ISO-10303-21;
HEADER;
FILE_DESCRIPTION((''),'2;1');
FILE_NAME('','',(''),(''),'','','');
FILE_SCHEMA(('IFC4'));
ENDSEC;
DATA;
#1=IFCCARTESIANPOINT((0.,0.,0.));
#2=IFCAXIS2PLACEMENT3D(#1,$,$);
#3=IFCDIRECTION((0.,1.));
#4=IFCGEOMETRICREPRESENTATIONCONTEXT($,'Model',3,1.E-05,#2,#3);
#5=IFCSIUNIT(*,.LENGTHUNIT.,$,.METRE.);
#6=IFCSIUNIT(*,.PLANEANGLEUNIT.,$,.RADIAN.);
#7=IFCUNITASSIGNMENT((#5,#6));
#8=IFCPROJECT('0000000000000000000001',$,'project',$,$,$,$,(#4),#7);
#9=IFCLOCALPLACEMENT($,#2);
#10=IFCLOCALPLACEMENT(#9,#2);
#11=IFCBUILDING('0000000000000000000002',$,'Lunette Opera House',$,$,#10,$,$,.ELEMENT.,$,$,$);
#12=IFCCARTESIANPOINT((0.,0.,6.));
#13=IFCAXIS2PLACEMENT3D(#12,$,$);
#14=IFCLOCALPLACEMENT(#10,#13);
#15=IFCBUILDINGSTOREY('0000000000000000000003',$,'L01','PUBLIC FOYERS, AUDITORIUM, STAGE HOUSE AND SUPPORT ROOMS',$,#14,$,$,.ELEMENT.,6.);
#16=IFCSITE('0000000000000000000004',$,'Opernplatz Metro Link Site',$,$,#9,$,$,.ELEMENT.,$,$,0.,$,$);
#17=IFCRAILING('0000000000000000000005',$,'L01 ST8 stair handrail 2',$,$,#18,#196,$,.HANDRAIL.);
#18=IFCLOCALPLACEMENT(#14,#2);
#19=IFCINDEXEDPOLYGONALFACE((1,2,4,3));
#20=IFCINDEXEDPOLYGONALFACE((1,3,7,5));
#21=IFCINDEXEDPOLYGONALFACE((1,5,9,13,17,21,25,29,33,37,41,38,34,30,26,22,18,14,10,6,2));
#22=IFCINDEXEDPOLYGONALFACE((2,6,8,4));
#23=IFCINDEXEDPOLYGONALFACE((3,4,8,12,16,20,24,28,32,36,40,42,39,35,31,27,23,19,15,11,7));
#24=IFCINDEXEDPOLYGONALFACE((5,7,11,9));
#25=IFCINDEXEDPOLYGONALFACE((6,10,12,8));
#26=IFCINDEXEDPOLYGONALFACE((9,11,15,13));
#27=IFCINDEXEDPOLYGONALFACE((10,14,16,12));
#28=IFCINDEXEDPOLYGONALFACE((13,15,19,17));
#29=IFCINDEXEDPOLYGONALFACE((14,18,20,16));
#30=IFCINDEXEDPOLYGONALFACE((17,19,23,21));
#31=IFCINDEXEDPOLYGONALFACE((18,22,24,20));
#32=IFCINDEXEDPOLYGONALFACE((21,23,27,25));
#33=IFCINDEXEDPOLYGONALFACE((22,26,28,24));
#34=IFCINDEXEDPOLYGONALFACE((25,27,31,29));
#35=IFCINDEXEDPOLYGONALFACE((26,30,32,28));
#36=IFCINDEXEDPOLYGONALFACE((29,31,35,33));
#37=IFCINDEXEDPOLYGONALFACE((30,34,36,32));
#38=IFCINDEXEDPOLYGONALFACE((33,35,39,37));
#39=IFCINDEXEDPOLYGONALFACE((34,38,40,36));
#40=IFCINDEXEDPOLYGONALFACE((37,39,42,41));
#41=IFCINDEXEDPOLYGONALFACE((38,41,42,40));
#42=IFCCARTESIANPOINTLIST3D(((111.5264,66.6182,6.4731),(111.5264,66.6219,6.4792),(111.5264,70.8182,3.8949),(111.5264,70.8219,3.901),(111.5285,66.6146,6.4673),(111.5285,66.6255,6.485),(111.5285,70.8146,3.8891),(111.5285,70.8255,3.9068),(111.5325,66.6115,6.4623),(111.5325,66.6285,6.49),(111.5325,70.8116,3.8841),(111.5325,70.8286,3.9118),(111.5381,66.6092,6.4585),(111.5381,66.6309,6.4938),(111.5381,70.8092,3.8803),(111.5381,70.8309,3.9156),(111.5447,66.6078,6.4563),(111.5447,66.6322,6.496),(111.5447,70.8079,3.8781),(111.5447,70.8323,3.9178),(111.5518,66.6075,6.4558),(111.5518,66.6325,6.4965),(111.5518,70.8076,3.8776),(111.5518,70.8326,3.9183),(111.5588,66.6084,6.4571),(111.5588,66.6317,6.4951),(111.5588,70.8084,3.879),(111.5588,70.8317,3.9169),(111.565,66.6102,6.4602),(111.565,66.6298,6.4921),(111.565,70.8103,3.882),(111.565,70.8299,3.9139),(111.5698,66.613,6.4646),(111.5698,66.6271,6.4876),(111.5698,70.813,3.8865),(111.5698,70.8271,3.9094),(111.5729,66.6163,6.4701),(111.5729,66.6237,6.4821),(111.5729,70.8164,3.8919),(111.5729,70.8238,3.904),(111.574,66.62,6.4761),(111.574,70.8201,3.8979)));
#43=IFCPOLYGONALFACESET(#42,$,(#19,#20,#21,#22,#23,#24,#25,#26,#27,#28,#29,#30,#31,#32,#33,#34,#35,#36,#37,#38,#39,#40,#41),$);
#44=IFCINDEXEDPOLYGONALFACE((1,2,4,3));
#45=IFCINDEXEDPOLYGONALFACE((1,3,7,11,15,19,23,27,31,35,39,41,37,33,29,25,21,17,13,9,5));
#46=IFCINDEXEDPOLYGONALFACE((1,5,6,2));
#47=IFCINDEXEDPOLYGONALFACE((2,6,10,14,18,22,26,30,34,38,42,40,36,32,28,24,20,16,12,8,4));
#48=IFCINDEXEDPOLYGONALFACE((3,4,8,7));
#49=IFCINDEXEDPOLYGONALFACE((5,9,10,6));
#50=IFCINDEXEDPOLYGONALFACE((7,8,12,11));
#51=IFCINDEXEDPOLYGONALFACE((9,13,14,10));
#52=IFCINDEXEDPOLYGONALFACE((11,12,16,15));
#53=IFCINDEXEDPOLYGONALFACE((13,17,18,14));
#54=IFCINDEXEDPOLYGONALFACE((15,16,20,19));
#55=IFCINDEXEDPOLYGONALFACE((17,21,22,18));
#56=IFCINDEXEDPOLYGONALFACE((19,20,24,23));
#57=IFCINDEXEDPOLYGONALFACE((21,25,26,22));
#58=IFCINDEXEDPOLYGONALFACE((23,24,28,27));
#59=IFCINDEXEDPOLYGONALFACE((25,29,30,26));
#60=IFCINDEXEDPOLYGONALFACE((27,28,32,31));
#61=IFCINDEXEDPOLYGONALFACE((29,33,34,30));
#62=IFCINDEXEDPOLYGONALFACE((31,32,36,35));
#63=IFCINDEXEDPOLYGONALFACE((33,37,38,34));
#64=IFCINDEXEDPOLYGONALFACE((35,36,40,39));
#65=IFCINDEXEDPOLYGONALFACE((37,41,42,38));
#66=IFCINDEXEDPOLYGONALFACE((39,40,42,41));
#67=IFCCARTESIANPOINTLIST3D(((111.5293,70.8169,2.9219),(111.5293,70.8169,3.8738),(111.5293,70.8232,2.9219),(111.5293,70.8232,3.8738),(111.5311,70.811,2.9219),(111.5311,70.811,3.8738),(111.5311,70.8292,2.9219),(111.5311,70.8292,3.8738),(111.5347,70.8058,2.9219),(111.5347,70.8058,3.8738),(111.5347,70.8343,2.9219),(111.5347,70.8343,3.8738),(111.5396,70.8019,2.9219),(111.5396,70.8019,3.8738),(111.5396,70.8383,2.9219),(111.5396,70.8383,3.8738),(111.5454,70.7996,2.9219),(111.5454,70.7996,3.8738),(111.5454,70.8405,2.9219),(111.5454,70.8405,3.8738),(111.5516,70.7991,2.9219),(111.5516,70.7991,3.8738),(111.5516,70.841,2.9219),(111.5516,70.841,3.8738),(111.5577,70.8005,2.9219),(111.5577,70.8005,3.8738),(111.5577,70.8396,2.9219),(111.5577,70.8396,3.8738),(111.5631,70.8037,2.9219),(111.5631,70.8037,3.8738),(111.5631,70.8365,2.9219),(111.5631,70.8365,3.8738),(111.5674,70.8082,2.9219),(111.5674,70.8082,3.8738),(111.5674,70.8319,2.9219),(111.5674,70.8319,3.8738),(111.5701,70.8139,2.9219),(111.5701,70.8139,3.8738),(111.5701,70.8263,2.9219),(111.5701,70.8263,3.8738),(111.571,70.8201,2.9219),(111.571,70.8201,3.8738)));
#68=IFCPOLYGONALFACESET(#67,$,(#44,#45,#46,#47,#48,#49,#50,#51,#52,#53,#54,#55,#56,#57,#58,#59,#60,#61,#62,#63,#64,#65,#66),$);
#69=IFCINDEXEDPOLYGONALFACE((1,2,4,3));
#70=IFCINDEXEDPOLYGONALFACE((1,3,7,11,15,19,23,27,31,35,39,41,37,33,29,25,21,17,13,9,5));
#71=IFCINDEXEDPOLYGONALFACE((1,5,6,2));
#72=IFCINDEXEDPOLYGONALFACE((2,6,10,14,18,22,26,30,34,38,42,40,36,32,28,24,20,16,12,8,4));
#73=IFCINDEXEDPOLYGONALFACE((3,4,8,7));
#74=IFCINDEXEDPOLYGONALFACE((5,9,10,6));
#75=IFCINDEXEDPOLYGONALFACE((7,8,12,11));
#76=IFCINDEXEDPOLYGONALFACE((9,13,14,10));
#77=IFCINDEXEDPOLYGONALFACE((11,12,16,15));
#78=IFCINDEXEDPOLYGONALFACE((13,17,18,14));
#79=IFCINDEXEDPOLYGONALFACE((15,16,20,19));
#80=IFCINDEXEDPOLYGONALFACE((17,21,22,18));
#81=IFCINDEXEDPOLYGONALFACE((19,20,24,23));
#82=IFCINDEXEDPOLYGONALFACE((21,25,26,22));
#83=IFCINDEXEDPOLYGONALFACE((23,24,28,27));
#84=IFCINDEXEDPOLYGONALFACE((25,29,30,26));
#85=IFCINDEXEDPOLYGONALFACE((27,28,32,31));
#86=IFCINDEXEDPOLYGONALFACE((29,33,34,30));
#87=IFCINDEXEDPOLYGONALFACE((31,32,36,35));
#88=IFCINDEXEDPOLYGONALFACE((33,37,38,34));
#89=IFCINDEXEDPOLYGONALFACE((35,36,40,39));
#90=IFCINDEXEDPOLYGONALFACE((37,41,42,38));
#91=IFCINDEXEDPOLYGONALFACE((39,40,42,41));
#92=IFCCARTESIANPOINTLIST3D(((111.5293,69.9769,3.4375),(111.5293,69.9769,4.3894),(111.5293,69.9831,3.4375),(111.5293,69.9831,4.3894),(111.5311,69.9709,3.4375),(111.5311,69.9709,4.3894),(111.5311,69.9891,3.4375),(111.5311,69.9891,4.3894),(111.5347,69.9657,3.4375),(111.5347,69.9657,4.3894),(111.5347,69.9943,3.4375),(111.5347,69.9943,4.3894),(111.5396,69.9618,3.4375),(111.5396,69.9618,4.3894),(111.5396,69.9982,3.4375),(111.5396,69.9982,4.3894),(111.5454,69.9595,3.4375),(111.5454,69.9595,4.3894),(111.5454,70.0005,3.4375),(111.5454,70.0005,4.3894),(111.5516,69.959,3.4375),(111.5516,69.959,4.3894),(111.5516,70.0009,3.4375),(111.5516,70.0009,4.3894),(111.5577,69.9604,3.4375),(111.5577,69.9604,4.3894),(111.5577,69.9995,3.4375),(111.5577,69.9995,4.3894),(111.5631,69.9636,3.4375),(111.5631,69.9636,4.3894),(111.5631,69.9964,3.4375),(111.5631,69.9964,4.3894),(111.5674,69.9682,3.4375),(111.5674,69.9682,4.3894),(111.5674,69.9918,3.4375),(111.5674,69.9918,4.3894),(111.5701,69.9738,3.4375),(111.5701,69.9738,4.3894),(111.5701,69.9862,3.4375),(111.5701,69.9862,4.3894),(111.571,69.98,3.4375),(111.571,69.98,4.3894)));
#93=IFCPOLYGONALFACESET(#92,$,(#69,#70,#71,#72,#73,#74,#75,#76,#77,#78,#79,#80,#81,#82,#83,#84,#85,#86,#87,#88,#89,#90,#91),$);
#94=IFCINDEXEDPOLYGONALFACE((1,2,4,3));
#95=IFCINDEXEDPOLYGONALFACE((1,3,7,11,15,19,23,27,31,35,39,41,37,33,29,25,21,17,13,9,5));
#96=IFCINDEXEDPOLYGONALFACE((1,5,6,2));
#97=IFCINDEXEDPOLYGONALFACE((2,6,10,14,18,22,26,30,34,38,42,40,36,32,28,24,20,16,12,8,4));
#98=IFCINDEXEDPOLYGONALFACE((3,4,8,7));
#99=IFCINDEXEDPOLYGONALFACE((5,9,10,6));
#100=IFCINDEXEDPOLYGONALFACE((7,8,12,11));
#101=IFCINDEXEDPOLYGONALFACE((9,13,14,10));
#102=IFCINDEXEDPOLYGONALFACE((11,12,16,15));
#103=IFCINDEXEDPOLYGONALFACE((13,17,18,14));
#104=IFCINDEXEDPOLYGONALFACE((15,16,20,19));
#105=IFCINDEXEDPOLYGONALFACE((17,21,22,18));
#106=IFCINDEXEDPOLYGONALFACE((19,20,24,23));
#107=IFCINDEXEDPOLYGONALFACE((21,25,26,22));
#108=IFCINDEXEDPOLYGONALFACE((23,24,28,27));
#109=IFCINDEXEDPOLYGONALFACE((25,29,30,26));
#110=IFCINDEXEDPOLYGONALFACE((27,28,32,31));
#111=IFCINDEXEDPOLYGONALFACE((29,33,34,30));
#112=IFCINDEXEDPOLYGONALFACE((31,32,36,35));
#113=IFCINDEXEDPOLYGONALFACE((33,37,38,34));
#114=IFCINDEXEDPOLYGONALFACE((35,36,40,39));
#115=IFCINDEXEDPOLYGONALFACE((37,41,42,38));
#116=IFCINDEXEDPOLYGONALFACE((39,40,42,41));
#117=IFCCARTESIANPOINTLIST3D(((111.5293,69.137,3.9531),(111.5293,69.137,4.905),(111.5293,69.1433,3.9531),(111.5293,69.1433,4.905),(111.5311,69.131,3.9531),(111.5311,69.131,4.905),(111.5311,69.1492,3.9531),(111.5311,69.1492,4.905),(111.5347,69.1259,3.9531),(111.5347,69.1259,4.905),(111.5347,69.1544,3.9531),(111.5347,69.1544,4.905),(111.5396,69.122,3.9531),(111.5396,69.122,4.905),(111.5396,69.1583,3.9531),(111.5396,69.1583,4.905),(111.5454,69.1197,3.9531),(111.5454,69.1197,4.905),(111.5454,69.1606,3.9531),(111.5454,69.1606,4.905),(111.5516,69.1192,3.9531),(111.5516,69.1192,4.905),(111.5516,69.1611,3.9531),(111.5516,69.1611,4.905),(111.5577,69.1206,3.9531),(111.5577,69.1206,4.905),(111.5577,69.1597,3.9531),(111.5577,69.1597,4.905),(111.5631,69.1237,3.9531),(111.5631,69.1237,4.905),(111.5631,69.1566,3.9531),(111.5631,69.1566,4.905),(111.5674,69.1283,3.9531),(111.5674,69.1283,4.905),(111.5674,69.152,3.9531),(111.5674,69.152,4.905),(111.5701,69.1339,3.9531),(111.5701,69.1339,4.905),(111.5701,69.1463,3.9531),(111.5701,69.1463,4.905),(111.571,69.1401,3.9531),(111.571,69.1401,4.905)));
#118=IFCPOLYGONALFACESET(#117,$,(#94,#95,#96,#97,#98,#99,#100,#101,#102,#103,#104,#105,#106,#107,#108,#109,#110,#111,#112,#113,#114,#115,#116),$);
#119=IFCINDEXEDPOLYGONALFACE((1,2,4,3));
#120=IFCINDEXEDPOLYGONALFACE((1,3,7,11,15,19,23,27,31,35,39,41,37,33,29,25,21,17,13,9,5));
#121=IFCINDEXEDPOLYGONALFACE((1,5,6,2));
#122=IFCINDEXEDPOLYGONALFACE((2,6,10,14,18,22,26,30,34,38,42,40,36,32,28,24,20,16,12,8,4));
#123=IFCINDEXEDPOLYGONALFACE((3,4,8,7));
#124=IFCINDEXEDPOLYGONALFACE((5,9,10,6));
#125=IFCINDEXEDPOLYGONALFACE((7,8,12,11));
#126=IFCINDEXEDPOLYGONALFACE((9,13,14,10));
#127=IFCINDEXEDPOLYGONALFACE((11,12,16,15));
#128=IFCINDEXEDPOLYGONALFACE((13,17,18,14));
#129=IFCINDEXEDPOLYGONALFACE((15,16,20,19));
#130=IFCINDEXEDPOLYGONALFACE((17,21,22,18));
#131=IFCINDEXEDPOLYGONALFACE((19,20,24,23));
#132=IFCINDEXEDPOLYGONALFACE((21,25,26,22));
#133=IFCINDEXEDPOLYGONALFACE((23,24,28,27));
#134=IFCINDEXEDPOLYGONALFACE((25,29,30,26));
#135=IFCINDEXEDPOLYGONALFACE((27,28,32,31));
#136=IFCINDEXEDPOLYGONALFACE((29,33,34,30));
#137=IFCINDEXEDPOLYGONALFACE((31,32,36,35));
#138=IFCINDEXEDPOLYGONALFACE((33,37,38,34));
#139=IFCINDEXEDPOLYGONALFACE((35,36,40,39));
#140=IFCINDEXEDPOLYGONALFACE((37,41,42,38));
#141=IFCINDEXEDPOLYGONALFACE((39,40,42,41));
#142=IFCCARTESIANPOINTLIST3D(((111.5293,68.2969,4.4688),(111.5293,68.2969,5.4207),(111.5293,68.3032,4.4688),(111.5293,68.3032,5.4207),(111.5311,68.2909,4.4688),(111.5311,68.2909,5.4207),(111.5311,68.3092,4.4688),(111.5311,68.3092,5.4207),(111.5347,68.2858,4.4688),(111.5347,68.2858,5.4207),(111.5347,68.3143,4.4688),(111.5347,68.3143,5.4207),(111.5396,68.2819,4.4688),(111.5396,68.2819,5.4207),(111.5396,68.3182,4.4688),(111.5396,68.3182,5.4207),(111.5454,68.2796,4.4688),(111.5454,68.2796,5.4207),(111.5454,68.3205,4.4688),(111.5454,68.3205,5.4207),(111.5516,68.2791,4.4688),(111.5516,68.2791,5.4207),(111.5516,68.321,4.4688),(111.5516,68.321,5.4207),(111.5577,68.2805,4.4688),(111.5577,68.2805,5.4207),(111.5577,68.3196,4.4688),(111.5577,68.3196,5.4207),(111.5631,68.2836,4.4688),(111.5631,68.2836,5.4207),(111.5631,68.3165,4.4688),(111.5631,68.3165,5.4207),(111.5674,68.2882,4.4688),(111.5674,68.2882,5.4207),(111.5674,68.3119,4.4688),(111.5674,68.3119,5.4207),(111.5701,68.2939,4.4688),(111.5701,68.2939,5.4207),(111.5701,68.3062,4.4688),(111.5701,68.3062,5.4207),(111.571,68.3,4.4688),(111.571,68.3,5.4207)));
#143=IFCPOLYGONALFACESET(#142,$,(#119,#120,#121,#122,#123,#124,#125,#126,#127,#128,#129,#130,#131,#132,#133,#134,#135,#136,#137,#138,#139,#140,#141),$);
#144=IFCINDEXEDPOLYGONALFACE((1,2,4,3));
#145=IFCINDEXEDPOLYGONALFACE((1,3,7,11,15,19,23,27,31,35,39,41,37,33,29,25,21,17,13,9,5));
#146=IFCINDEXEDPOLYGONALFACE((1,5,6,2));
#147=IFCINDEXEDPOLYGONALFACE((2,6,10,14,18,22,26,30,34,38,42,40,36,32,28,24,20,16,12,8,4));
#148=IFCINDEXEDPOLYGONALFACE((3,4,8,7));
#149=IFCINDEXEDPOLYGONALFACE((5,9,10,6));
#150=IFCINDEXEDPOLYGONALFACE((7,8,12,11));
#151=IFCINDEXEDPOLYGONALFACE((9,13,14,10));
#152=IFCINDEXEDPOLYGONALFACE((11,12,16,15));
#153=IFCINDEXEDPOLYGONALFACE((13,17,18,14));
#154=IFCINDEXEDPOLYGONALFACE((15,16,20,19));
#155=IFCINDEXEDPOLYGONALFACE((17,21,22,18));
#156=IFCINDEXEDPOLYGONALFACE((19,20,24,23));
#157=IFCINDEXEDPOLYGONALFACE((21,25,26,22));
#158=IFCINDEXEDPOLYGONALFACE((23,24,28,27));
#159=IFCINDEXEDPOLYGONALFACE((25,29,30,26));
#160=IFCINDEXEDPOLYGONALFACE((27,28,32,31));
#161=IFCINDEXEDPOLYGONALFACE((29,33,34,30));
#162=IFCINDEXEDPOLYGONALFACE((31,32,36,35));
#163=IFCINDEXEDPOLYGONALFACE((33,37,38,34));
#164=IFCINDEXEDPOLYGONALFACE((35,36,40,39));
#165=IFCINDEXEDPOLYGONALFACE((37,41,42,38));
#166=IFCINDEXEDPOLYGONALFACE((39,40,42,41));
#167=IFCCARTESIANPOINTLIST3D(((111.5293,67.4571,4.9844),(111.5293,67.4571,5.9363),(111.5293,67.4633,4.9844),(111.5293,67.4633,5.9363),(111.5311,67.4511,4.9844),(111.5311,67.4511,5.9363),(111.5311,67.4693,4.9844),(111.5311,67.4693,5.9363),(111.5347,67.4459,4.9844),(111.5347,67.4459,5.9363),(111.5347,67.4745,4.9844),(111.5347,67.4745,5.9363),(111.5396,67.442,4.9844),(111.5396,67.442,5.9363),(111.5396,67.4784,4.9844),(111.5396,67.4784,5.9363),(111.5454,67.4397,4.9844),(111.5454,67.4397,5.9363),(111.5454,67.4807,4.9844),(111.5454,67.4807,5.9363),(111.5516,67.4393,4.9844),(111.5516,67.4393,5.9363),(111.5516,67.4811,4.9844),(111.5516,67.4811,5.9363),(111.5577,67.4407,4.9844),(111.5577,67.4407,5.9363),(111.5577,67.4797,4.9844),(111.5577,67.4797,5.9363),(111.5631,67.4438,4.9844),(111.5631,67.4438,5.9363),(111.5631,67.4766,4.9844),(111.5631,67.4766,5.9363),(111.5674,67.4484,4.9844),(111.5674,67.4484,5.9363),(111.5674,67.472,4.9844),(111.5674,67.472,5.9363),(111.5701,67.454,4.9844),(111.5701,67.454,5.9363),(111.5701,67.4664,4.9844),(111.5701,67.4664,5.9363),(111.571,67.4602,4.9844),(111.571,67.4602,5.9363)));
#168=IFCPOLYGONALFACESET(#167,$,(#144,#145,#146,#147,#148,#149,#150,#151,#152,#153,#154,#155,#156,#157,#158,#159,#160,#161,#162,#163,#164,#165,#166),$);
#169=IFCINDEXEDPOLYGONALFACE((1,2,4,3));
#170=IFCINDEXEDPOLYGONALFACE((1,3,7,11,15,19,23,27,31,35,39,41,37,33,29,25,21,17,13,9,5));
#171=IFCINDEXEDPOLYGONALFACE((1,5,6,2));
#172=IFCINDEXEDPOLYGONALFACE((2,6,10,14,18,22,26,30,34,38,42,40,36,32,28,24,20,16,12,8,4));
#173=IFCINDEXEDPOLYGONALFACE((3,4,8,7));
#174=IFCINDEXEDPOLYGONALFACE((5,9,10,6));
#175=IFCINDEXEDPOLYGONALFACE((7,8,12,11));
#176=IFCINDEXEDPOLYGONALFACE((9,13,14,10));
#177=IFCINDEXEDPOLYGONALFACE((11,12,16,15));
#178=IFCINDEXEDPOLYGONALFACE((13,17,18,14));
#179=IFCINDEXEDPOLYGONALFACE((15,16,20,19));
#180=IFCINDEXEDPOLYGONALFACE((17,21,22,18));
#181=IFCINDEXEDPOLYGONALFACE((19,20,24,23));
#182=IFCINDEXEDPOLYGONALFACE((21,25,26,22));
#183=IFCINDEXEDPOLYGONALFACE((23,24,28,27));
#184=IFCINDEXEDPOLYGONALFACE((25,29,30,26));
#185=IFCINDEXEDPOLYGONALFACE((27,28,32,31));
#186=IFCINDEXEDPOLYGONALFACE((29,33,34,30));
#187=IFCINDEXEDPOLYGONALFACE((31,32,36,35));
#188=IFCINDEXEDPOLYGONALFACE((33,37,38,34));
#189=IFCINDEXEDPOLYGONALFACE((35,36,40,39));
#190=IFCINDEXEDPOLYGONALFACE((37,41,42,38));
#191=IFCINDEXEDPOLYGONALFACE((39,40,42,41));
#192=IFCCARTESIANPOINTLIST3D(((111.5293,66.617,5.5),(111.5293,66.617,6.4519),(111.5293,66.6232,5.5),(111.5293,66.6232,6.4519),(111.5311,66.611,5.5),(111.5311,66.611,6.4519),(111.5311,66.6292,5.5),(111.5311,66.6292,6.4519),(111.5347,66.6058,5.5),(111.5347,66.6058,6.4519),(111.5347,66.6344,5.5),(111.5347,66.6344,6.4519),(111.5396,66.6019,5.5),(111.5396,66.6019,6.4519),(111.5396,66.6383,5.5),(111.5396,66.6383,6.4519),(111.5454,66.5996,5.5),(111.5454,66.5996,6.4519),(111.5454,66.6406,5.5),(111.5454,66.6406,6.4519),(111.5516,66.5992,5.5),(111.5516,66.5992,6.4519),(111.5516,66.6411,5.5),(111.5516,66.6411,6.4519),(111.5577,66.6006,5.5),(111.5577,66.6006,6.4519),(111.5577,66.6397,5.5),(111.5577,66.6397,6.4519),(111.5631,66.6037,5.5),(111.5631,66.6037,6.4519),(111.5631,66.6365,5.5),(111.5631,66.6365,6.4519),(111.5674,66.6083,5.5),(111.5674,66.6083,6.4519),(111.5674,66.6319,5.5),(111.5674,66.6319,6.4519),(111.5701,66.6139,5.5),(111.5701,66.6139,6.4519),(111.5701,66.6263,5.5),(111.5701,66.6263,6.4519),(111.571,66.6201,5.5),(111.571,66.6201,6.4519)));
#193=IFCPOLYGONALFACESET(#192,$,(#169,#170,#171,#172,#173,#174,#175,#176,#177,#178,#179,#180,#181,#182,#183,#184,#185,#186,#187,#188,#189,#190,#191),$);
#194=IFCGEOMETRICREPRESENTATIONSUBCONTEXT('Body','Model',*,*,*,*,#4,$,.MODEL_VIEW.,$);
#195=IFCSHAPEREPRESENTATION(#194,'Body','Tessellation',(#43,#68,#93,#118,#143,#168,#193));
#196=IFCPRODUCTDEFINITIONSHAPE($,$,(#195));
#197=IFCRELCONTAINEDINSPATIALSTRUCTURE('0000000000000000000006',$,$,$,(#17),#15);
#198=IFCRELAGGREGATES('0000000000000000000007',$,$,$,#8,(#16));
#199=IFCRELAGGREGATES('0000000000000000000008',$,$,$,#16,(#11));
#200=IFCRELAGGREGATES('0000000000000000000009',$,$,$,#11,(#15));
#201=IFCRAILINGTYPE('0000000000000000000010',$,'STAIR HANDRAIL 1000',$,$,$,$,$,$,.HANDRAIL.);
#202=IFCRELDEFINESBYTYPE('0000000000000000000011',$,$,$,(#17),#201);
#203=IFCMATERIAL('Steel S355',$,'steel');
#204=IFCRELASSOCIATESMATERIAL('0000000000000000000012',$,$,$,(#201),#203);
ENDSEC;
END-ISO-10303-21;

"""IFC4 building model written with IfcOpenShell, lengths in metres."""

from ifc_helpers import new_model, si_unit, direction, frame, origin, origin_2d, place, context, subcontext, project, spatial, circle, extrude, material, type_object, element, save


model = new_model("IFC4")

# Units and contexts
model_context = context("Model", 3, precision=1e-05, world=origin(), true_north=direction((0.0, 1.0)))
body_context = subcontext(model_context, "Body", "Model", "MODEL_VIEW")
ifc_project = project(units=[si_unit("LENGTHUNIT", "METRE"), si_unit("PLANEANGLEUNIT", "RADIAN")], contexts=[model_context])

# Site, building, storey
site_placement = place(None, origin())
site = spatial("IfcSite", under=ifc_project, at=site_placement, Name="Opernplatz Metro Link Site", CompositionType="ELEMENT", RefElevation=0.0)
building_placement = place(site_placement, origin())
building = spatial("IfcBuilding", under=site, at=building_placement, Name="Lunette Opera House", CompositionType="ELEMENT")
storey_placement = place(building_placement, frame((0.0, 0.0, 6.0)))
storey = spatial("IfcBuildingStorey", under=building, at=storey_placement, Name="L01", Description="PUBLIC FOYERS, AUDITORIUM, STAGE HOUSE AND SUPPORT ROOMS", CompositionType="ELEMENT", Elevation=6.0)

# Railing
ifc_material_1 = material(Name="Steel S355", Category="steel")
railing_type = type_object("IfcRailingType", Name="STAIR HANDRAIL 1000", PredefinedType="HANDRAIL", material=ifc_material_1)
railing_placement = place(storey_placement, frame((111.55, 70.8201, 2.9219)))
element("IfcRailing", 1, at=railing_placement, inside=storey, type_object=railing_type, Name="L01 ST8 stair handrail 2", PredefinedType="HANDRAIL", context=body_context, shape_type="SweptSolid", body=[
    extrude(circle(Radius=0.0239, at=origin_2d()), frame((0.0, 0.0, 0.9761), z_axis=(0.0, -0.852243, 0.523146), x_axis=(1.0, 0.0, 0.0)), (0.0, 0.0, 1.0), 4.9282),
    extrude(circle(Radius=0.021, at=origin_2d()), origin(), (0.0, 0.0, 1.0), 0.9519),
    extrude(circle(Radius=0.021, at=origin_2d()), frame((0.0, -0.8401, 0.5156)), (0.0, 0.0, 1.0), 0.9519),
    extrude(circle(Radius=0.021, at=origin_2d()), frame((0.0, -1.6799, 1.0312)), (0.0, 0.0, 1.0), 0.9519),
    extrude(circle(Radius=0.021, at=origin_2d()), frame((0.0, -2.52, 1.5469)), (0.0, 0.0, 1.0), 0.9519),
    extrude(circle(Radius=0.021, at=origin_2d()), frame((0.0, -3.3599, 2.0625)), (0.0, 0.0, 1.0), 0.9519),
    extrude(circle(Radius=0.021, at=origin_2d()), frame((0.0, -4.2, 2.5781)), (0.0, 0.0, 1.0), 0.9519),
])

save(model, "model.ifc")
